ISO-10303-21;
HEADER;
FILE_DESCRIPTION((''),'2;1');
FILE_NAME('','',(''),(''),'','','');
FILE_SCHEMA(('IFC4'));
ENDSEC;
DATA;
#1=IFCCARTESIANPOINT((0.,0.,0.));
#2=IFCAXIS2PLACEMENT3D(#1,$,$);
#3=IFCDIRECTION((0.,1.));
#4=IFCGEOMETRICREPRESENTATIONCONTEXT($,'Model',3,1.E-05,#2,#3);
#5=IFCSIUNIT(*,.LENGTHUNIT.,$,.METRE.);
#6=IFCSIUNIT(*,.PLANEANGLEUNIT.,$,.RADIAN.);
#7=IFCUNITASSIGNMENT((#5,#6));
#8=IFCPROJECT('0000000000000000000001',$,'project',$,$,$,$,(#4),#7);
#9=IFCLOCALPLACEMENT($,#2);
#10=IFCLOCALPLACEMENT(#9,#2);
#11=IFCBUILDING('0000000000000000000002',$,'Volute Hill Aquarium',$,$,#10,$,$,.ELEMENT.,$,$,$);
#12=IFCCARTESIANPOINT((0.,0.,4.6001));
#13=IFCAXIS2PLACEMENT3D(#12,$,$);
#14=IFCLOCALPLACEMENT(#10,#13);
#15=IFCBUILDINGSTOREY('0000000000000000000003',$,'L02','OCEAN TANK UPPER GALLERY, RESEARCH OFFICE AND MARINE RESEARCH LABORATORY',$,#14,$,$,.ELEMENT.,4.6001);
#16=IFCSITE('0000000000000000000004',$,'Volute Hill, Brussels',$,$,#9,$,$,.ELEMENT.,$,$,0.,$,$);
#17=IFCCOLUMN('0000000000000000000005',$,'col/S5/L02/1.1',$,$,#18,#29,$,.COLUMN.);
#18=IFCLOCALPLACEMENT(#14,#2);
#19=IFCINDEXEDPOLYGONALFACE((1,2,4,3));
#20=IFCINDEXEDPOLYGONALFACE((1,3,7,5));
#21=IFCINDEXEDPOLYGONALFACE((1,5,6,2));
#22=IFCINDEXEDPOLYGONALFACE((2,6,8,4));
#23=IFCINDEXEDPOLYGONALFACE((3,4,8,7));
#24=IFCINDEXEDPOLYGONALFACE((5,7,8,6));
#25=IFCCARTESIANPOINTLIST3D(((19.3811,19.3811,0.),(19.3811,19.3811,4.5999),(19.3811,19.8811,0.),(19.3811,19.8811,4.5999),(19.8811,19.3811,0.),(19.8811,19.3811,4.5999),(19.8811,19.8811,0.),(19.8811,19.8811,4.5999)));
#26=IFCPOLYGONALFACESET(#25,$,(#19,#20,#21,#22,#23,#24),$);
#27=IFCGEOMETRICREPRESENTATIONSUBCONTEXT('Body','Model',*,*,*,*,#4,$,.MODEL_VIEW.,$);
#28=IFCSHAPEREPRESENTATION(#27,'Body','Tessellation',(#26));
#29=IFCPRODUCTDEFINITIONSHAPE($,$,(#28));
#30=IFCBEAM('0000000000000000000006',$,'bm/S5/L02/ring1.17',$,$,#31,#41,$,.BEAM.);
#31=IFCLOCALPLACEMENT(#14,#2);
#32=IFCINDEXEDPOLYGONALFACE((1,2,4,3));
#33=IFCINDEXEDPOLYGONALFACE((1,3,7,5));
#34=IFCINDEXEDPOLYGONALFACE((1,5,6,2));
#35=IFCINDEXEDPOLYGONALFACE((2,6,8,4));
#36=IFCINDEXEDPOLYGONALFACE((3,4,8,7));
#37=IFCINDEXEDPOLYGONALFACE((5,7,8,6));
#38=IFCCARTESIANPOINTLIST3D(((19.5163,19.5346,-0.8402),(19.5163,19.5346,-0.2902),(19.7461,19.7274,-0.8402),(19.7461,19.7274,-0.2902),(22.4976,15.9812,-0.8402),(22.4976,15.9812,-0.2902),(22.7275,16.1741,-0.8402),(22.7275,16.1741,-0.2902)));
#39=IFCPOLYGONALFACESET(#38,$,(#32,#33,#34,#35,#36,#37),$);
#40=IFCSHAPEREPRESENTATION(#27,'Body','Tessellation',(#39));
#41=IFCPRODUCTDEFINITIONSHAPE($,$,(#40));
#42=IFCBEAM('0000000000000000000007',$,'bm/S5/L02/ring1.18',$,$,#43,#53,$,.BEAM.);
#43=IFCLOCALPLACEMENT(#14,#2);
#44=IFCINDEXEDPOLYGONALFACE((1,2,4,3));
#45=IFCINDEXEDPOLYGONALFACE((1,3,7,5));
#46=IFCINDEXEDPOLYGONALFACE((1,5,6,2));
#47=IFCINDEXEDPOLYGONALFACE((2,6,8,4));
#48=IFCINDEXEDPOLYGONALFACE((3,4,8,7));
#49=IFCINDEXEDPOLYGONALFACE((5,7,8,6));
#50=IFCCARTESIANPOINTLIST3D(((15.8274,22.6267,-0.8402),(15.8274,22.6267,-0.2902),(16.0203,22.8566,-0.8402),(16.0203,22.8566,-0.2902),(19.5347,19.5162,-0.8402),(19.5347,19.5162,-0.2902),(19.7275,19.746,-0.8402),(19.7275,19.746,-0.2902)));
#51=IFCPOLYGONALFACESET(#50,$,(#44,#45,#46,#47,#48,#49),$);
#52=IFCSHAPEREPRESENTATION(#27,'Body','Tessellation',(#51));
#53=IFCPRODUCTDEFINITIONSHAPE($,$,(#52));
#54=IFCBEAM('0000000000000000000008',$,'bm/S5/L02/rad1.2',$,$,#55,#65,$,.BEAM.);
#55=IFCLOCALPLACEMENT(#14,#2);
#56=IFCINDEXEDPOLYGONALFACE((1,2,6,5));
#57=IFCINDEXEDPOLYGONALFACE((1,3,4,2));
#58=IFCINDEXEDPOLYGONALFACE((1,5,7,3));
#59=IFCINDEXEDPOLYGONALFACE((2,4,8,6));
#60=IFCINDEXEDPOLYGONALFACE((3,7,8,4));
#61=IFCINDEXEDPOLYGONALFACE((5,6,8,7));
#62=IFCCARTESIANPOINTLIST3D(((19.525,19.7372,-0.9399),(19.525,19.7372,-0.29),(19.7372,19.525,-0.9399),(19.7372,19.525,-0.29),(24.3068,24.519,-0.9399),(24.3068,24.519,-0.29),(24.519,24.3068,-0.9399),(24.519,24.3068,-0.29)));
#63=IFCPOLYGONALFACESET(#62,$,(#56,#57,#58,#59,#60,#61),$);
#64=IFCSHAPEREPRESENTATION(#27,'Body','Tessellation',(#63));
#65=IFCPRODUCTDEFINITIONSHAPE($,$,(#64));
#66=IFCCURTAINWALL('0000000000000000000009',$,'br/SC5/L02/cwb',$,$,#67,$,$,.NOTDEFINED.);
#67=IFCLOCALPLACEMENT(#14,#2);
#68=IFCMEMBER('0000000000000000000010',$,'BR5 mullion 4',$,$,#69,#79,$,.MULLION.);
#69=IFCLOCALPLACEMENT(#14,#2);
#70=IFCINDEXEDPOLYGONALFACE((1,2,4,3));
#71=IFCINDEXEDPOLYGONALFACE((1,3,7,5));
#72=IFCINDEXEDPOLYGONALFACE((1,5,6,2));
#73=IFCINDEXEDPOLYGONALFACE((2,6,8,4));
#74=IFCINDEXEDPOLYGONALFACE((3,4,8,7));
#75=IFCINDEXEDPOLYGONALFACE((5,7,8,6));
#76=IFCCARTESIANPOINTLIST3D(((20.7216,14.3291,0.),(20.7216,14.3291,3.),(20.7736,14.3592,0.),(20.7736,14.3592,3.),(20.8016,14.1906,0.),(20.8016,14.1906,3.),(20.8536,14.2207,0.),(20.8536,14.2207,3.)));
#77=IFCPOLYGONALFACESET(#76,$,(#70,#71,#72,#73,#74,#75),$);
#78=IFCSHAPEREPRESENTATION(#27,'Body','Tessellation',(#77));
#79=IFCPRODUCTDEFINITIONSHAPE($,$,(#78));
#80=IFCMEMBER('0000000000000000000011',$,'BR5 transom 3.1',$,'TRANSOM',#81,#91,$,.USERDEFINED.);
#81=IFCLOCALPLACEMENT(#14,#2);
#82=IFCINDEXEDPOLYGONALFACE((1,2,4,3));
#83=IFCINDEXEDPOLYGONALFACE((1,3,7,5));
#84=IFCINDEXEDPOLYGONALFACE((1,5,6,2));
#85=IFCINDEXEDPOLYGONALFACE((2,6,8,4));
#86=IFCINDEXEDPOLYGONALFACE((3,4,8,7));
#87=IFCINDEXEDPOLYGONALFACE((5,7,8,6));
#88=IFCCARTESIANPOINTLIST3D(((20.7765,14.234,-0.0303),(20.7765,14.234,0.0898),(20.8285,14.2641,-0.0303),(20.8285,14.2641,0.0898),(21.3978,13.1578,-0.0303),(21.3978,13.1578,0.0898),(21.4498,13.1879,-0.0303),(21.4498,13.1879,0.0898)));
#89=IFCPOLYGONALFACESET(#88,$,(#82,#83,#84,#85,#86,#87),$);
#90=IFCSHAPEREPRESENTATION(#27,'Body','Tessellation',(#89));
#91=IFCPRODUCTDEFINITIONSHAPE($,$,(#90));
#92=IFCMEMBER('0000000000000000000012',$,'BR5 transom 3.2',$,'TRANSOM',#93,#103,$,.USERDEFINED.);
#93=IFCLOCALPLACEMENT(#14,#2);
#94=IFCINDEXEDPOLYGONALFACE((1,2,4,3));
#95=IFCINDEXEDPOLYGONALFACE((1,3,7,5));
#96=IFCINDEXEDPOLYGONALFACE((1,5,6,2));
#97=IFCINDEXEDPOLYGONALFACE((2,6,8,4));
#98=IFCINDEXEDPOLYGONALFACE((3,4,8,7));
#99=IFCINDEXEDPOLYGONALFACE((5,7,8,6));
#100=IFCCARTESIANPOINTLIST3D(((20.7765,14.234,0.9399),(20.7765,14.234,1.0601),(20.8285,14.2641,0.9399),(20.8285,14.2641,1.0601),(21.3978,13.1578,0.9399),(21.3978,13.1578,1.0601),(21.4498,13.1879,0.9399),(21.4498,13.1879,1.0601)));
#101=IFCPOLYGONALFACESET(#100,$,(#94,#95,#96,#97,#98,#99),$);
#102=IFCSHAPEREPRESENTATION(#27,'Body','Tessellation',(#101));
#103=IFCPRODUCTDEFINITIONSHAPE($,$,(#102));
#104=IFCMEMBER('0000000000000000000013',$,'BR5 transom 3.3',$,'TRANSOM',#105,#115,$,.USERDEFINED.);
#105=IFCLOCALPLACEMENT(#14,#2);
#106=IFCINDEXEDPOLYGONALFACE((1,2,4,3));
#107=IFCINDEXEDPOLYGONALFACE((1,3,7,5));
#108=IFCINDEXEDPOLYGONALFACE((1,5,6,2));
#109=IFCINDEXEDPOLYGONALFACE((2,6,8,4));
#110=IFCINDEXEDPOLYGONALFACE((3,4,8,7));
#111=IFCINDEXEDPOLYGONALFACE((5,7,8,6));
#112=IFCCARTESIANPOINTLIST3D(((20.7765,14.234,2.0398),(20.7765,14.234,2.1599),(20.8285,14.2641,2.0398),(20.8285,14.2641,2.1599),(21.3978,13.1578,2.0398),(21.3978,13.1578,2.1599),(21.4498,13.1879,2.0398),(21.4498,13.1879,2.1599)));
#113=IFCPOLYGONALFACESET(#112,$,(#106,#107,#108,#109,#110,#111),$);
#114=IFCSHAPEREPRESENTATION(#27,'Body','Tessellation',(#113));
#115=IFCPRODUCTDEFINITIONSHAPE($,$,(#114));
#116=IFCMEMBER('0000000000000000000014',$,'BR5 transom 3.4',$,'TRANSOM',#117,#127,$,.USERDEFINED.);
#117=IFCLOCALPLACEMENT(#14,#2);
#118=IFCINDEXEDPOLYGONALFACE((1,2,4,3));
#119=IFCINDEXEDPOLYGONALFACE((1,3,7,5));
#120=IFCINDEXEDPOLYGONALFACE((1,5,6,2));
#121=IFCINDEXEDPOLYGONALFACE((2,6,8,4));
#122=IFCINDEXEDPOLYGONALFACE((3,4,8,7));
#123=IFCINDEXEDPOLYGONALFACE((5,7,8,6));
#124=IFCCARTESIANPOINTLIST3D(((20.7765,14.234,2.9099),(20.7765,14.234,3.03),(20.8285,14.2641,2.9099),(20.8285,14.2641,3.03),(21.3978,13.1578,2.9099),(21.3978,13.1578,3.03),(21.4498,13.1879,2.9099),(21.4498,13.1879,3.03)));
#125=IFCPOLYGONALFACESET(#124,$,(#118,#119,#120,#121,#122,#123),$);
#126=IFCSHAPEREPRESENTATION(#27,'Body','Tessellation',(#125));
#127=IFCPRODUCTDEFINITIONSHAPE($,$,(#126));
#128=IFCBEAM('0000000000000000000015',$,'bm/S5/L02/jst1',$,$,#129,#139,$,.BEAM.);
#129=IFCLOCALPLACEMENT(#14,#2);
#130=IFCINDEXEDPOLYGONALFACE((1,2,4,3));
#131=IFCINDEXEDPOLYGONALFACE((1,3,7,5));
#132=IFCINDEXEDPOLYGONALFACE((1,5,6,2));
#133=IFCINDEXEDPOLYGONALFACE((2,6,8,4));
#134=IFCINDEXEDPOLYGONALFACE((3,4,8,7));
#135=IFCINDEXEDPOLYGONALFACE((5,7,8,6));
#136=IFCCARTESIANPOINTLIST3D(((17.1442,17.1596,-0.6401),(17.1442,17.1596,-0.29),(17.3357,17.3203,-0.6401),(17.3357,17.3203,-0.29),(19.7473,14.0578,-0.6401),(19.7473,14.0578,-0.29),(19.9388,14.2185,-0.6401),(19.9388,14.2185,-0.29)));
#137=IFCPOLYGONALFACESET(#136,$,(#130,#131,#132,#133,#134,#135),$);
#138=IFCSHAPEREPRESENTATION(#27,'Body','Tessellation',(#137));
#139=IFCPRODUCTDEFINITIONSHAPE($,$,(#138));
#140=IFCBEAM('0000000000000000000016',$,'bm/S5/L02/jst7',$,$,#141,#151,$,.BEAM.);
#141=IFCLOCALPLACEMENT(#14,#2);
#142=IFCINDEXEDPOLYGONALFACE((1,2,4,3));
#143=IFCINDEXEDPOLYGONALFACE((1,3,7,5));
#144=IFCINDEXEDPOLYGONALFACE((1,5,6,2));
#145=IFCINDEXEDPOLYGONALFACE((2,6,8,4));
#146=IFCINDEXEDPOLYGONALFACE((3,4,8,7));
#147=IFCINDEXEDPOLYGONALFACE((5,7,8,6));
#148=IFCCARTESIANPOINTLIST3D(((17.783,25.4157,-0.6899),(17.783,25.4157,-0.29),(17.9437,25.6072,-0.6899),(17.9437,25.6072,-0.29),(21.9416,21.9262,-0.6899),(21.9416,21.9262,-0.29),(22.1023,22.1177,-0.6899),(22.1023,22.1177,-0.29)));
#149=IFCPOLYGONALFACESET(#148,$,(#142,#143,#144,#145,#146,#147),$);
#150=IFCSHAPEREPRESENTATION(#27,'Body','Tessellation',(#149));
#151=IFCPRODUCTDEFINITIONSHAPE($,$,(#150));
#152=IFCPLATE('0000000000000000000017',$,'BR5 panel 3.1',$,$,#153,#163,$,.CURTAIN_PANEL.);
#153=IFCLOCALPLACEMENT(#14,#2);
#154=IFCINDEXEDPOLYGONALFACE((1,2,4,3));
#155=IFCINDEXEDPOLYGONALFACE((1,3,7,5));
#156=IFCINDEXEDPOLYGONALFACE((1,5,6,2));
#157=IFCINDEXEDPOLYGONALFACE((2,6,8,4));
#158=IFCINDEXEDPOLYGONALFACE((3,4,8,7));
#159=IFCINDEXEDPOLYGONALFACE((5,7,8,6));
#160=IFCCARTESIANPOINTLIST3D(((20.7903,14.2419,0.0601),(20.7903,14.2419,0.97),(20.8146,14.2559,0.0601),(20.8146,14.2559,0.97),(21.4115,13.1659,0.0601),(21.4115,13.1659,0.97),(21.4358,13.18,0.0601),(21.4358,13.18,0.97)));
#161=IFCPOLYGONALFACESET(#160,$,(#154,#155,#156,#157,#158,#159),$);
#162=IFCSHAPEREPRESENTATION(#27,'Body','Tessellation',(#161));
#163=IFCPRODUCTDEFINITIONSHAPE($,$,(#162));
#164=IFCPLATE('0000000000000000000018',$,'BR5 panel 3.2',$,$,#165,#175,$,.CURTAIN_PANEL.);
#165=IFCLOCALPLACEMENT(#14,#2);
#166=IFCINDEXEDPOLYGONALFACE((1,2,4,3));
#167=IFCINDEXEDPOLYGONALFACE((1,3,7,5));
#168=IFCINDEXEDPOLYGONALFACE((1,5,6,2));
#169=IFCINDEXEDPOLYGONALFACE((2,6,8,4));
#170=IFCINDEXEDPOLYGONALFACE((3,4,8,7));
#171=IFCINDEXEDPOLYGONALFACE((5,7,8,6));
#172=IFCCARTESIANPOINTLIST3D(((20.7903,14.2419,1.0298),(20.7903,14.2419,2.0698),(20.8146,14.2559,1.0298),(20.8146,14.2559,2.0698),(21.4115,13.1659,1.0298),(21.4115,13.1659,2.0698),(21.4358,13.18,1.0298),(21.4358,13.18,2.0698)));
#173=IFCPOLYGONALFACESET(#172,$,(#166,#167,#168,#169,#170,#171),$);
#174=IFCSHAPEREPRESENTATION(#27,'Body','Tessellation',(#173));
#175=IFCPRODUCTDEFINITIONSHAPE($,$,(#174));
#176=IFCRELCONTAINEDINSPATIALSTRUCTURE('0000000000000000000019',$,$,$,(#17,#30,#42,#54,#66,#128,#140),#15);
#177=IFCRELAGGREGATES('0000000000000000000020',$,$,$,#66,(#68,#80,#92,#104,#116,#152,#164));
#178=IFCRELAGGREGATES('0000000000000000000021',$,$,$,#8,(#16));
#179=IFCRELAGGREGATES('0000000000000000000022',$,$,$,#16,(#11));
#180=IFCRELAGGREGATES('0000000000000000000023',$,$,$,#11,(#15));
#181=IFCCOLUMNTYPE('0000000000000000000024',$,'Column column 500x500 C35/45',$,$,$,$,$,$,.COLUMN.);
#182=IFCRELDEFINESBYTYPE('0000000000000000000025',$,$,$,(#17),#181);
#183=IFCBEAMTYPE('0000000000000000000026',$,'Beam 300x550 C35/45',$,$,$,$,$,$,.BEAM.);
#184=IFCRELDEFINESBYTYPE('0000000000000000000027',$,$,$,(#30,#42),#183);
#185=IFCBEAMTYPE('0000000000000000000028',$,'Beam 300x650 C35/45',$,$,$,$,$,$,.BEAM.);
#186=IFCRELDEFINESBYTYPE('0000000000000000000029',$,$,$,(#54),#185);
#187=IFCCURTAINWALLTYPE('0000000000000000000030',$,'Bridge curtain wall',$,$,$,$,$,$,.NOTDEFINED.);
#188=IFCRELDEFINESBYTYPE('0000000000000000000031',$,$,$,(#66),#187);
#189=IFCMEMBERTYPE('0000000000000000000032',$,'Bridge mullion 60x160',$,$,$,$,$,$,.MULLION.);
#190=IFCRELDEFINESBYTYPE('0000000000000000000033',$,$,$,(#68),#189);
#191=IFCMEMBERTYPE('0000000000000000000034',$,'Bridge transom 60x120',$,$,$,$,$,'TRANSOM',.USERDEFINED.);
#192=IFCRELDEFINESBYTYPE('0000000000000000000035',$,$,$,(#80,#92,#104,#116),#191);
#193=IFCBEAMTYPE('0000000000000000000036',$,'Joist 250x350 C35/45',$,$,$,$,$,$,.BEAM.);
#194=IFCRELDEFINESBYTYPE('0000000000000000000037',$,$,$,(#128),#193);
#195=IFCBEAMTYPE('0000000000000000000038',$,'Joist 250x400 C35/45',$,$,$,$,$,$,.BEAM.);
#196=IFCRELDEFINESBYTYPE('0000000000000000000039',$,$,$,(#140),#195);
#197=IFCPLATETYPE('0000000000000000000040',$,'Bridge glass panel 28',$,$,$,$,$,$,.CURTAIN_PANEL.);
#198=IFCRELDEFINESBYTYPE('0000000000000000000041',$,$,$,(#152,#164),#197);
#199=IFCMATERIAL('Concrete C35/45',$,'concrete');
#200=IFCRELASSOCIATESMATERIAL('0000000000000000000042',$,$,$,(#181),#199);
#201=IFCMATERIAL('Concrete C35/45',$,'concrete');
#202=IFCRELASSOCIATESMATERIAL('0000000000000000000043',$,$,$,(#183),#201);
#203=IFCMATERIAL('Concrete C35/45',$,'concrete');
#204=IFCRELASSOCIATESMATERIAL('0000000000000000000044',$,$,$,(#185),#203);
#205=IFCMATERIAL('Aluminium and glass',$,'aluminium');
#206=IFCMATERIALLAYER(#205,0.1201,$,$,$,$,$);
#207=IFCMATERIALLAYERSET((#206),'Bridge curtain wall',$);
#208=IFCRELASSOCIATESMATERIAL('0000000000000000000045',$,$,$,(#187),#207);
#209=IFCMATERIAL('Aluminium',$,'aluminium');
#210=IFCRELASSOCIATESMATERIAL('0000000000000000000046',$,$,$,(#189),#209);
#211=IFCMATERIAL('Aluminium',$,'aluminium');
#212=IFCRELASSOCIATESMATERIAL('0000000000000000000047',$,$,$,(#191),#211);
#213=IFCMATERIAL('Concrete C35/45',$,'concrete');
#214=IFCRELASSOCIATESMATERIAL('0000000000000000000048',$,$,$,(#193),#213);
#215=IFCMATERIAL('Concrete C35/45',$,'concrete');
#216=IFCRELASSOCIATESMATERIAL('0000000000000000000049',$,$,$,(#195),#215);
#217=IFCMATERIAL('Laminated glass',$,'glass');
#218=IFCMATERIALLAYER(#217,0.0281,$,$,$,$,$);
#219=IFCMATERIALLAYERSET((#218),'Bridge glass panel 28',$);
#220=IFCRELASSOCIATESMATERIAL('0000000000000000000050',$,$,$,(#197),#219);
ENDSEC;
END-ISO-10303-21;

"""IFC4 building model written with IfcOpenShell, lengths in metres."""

from ifc_helpers import new_model, si_unit, direction, frame, origin, origin_2d, place, context, subcontext, project, spatial, rectangle, extrude, material, layer, layer_set, material_profile, profile_set, type_object, element, aggregate, save


model = new_model("IFC4")

# Units and contexts
model_context = context("Model", 3, precision=1e-05, world=origin(), true_north=direction((0.0, 1.0)))
body_context = subcontext(model_context, "Body", "Model", "MODEL_VIEW")
ifc_project = project(units=[si_unit("LENGTHUNIT", "METRE"), si_unit("PLANEANGLEUNIT", "RADIAN")], contexts=[model_context])

# Site, building, storey
site_placement = place(None, origin())
site = spatial("IfcSite", under=ifc_project, at=site_placement, Name="Volute Hill, Brussels", CompositionType="ELEMENT", RefElevation=0.0)
building_placement = place(site_placement, origin())
building = spatial("IfcBuilding", under=site, at=building_placement, Name="Volute Hill Aquarium", CompositionType="ELEMENT")
storey_placement = place(building_placement, frame((0.0, 0.0, 4.6001)))
storey = spatial("IfcBuildingStorey", under=building, at=storey_placement, Name="L02", Description="OCEAN TANK UPPER GALLERY, RESEARCH OFFICE AND MARINE RESEARCH LABORATORY", CompositionType="ELEMENT", Elevation=4.6001)

# Column
ifc_material_1 = material(Name="Concrete C35/45", Category="concrete")
ifc_material_profile_1 = material_profile(ifc_material_1, rectangle(XDim=0.5, YDim=0.5, at=origin_2d()), Name="RC column 500x500")
ifc_profile_set_1 = profile_set([ifc_material_profile_1], Name="Concrete C35/45")
column_type = type_object("IfcColumnType", Name="Column column 500x500 C35/45", PredefinedType="COLUMN", material=ifc_profile_set_1)
column_placement = place(storey_placement, frame((19.6311, 19.6311, 0.0), z_axis=(0.0, 0.0, 1.0), x_axis=(1.0, 0.0, 0.0)))
element("IfcColumn", 1, at=column_placement, inside=storey, type_object=column_type, Name="col/S5/L02/1.1", PredefinedType="COLUMN", context=body_context, shape_type="SweptSolid", body=[
    extrude(rectangle(XDim=0.5, YDim=0.5, at=origin_2d()), origin(), (0.0, 0.0, 1.0), 4.5999),
])

# Beams
ifc_material_2 = material(Name="Concrete C35/45", Category="concrete")
ifc_material_profile_2 = material_profile(ifc_material_2, rectangle(XDim=0.3, YDim=0.55, at=origin_2d()), Name="RC beam 300x550")
ifc_profile_set_2 = profile_set([ifc_material_profile_2], Name="Concrete C35/45")
beam_type_1 = type_object("IfcBeamType", Name="Beam 300x550 C35/45", PredefinedType="BEAM", material=ifc_profile_set_2)
beam_1_placement = place(storey_placement, frame((22.6125, 16.0776, -0.5652), z_axis=(-0.642754, 0.766073, 0.0), x_axis=(-0.766073, -0.642754, 0.0)))
element("IfcBeam", 2, at=beam_1_placement, inside=storey, type_object=beam_type_1, Name="bm/S5/L02/ring1.17", PredefinedType="BEAM", context=body_context, shape_type="SweptSolid", body=[
    extrude(rectangle(XDim=0.3, YDim=0.55, at=origin_2d()), origin(), (0.0, 0.0, 1.0), 4.6384),
])
beam_2_placement = place(storey_placement, frame((19.6311, 19.6311, -0.5652), z_axis=(-0.766063, 0.642766, 0.0), x_axis=(-0.642766, -0.766063, 0.0)))
element("IfcBeam", 3, at=beam_2_placement, inside=storey, type_object=beam_type_1, Name="bm/S5/L02/ring1.18", PredefinedType="BEAM", context=body_context, shape_type="SweptSolid", body=[
    extrude(rectangle(XDim=0.3, YDim=0.55, at=origin_2d()), origin(), (0.0, 0.0, 1.0), 4.8394),
])
ifc_material_3 = material(Name="Concrete C35/45", Category="concrete")
ifc_material_profile_3 = material_profile(ifc_material_3, rectangle(XDim=0.3, YDim=0.6499, at=origin_2d()), Name="RC beam 300x650")
ifc_profile_set_3 = profile_set([ifc_material_profile_3], Name="Concrete C35/45")
beam_type_2 = type_object("IfcBeamType", Name="Beam 300x650 C35/45", PredefinedType="BEAM", material=ifc_profile_set_3)
beam_3_placement = place(storey_placement, frame((19.6311, 19.6311, -0.615), z_axis=(0.707107, 0.707107, 0.0), x_axis=(-0.707107, 0.707107, 0.0)))
element("IfcBeam", 4, at=beam_3_placement, inside=storey, type_object=beam_type_2, Name="bm/S5/L02/rad1.2", PredefinedType="BEAM", context=body_context, shape_type="SweptSolid", body=[
    extrude(rectangle(XDim=0.3, YDim=0.6499, at=origin_2d()), origin(), (0.0, 0.0, 1.0), 6.7625),
])

# Curtain wall, members
ifc_material_4 = material(Name="Aluminium and glass", Category="aluminium")
ifc_layer_1 = layer(ifc_material_4, 0.1201)
ifc_layer_set_1 = layer_set([ifc_layer_1], Name="Bridge curtain wall")
curtain_wall_type = type_object("IfcCurtainWallType", Name="Bridge curtain wall", PredefinedType="NOTDEFINED", material=ifc_layer_set_1)
curtain_wall_placement = place(storey_placement, origin())
curtain_wall = element("IfcCurtainWall", 5, at=curtain_wall_placement, inside=storey, type_object=curtain_wall_type, Name="br/SC5/L02/cwb", PredefinedType="NOTDEFINED")
ifc_material_5 = material(Name="Aluminium", Category="aluminium")
ifc_material_profile_4 = material_profile(ifc_material_5, rectangle(XDim=0.0601, YDim=0.1599, at=origin_2d()), Name="Aluminium mullion 60x160")
ifc_profile_set_4 = profile_set([ifc_material_profile_4], Name="Aluminium")
member_type_1 = type_object("IfcMemberType", Name="Bridge mullion 60x160", PredefinedType="MULLION", material=ifc_profile_set_4)
member_1_placement = place(storey_placement, frame((20.7876, 14.2749, 0.0), z_axis=(0.0, 0.0, 1.0), x_axis=(-0.866022, -0.500005, 0.0)))
member_1 = element("IfcMember", 6, at=member_1_placement, type_object=member_type_1, Name="BR5 mullion 4", PredefinedType="MULLION", context=body_context, shape_type="SweptSolid", body=[
    extrude(rectangle(XDim=0.0601, YDim=0.1599, at=origin_2d()), origin(), (0.0, 0.0, 1.0), 3.0),
])
ifc_material_6 = material(Name="Aluminium", Category="aluminium")
ifc_material_profile_5 = material_profile(ifc_material_6, rectangle(XDim=0.0601, YDim=0.1201, at=origin_2d()), Name="Aluminium transom 60x120")
ifc_profile_set_5 = profile_set([ifc_material_profile_5], Name="Aluminium")
member_type_2 = type_object("IfcMemberType", Name="Bridge transom 60x120", ElementType="TRANSOM", PredefinedType="USERDEFINED", material=ifc_profile_set_5)
member_2_placement = place(storey_placement, frame((21.4238, 13.1729, 0.0298), z_axis=(-0.500006, 0.866022, 0.0), x_axis=(-0.866022, -0.500006, 0.0)))
member_2 = element("IfcMember", 7, at=member_2_placement, type_object=member_type_2, Name="BR5 transom 3.1", ObjectType="TRANSOM", PredefinedType="USERDEFINED", context=body_context, shape_type="SweptSolid", body=[
    extrude(rectangle(XDim=0.0601, YDim=0.1201, at=origin_2d()), origin(), (0.0, 0.0, 1.0), 1.2427),
])
member_3_placement = place(storey_placement, frame((21.4238, 13.1729, 1.0), z_axis=(-0.500006, 0.866022, 0.0), x_axis=(-0.866022, -0.500006, 0.0)))
member_3 = element("IfcMember", 8, at=member_3_placement, type_object=member_type_2, Name="BR5 transom 3.2", ObjectType="TRANSOM", PredefinedType="USERDEFINED", context=body_context, shape_type="SweptSolid", body=[
    extrude(rectangle(XDim=0.0601, YDim=0.1201, at=origin_2d()), origin(), (0.0, 0.0, 1.0), 1.2427),
])
member_4_placement = place(storey_placement, frame((21.4238, 13.1729, 2.0999), z_axis=(-0.500006, 0.866022, 0.0), x_axis=(-0.866022, -0.500006, 0.0)))
member_4 = element("IfcMember", 9, at=member_4_placement, type_object=member_type_2, Name="BR5 transom 3.3", ObjectType="TRANSOM", PredefinedType="USERDEFINED", context=body_context, shape_type="SweptSolid", body=[
    extrude(rectangle(XDim=0.0601, YDim=0.1201, at=origin_2d()), origin(), (0.0, 0.0, 1.0), 1.2427),
])
member_5_placement = place(storey_placement, frame((21.4238, 13.1729, 2.97), z_axis=(-0.500006, 0.866022, 0.0), x_axis=(-0.866022, -0.500006, 0.0)))
member_5 = element("IfcMember", 10, at=member_5_placement, type_object=member_type_2, Name="BR5 transom 3.4", ObjectType="TRANSOM", PredefinedType="USERDEFINED", context=body_context, shape_type="SweptSolid", body=[
    extrude(rectangle(XDim=0.0601, YDim=0.1201, at=origin_2d()), origin(), (0.0, 0.0, 1.0), 1.2427),
])

# Beams
ifc_material_7 = material(Name="Concrete C35/45", Category="concrete")
ifc_material_profile_6 = material_profile(ifc_material_7, rectangle(XDim=0.25, YDim=0.3501, at=origin_2d()), Name="RC joist 250x350")
ifc_profile_set_6 = profile_set([ifc_material_profile_6], Name="Concrete C35/45")
beam_type_3 = type_object("IfcBeamType", Name="Joist 250x350 C35/45", PredefinedType="BEAM", material=ifc_profile_set_6)
beam_4_placement = place(storey_placement, frame((19.843, 14.1382, -0.4651), z_axis=(-0.642831, 0.766008, 0.0), x_axis=(-0.766008, -0.642831, 0.0)))
element("IfcBeam", 11, at=beam_4_placement, inside=storey, type_object=beam_type_3, Name="bm/S5/L02/jst1", PredefinedType="BEAM", context=body_context, shape_type="SweptSolid", body=[
    extrude(rectangle(XDim=0.25, YDim=0.3501, at=origin_2d()), origin(), (0.0, 0.0, 1.0), 4.0493),
])
ifc_material_8 = material(Name="Concrete C35/45", Category="concrete")
ifc_material_profile_7 = material_profile(ifc_material_8, rectangle(XDim=0.25, YDim=0.3999, at=origin_2d()), Name="RC joist 250x400")
ifc_profile_set_7 = profile_set([ifc_material_profile_7], Name="Concrete C35/45")
beam_type_4 = type_object("IfcBeamType", Name="Joist 250x400 C35/45", PredefinedType="BEAM", material=ifc_profile_set_7)
beam_5_placement = place(storey_placement, frame((22.022, 22.022, -0.49), z_axis=(-0.766049, 0.642782, 0.0), x_axis=(-0.642782, -0.766049, 0.0)))
element("IfcBeam", 12, at=beam_5_placement, inside=storey, type_object=beam_type_4, Name="bm/S5/L02/jst7", PredefinedType="BEAM", context=body_context, shape_type="SweptSolid", body=[
    extrude(rectangle(XDim=0.25, YDim=0.3999, at=origin_2d()), origin(), (0.0, 0.0, 1.0), 5.4287),
])

# Plates
ifc_material_9 = material(Name="Laminated glass", Category="glass")
ifc_layer_2 = layer(ifc_material_9, 0.0281)
ifc_layer_set_2 = layer_set([ifc_layer_2], Name="Bridge glass panel 28")
plate_type = type_object("IfcPlateType", Name="Bridge glass panel 28", PredefinedType="CURTAIN_PANEL", material=ifc_layer_set_2)
plate_1_placement = place(storey_placement, frame((21.113, 13.7109, 0.0601), z_axis=(0.0, 0.0, 1.0), x_axis=(-0.500005, 0.866022, 0.0)))
plate_1 = element("IfcPlate", 13, at=plate_1_placement, type_object=plate_type, Name="BR5 panel 3.1", PredefinedType="CURTAIN_PANEL", context=body_context, shape_type="SweptSolid", body=[
    extrude(rectangle(XDim=1.2424, YDim=0.0281, at=origin_2d()), origin(), (0.0, 0.0, 1.0), 0.9099),
])
plate_2_placement = place(storey_placement, frame((21.113, 13.7109, 1.0298), z_axis=(0.0, 0.0, 1.0), x_axis=(-0.500005, 0.866022, 0.0)))
plate_2 = element("IfcPlate", 14, at=plate_2_placement, type_object=plate_type, Name="BR5 panel 3.2", PredefinedType="CURTAIN_PANEL", context=body_context, shape_type="SweptSolid", body=[
    extrude(rectangle(XDim=1.2424, YDim=0.0281, at=origin_2d()), origin(), (0.0, 0.0, 1.0), 1.04),
])
aggregate(curtain_wall, [member_1, member_2, member_3, member_4, member_5, plate_1, plate_2])

save(model, "model.ifc")
